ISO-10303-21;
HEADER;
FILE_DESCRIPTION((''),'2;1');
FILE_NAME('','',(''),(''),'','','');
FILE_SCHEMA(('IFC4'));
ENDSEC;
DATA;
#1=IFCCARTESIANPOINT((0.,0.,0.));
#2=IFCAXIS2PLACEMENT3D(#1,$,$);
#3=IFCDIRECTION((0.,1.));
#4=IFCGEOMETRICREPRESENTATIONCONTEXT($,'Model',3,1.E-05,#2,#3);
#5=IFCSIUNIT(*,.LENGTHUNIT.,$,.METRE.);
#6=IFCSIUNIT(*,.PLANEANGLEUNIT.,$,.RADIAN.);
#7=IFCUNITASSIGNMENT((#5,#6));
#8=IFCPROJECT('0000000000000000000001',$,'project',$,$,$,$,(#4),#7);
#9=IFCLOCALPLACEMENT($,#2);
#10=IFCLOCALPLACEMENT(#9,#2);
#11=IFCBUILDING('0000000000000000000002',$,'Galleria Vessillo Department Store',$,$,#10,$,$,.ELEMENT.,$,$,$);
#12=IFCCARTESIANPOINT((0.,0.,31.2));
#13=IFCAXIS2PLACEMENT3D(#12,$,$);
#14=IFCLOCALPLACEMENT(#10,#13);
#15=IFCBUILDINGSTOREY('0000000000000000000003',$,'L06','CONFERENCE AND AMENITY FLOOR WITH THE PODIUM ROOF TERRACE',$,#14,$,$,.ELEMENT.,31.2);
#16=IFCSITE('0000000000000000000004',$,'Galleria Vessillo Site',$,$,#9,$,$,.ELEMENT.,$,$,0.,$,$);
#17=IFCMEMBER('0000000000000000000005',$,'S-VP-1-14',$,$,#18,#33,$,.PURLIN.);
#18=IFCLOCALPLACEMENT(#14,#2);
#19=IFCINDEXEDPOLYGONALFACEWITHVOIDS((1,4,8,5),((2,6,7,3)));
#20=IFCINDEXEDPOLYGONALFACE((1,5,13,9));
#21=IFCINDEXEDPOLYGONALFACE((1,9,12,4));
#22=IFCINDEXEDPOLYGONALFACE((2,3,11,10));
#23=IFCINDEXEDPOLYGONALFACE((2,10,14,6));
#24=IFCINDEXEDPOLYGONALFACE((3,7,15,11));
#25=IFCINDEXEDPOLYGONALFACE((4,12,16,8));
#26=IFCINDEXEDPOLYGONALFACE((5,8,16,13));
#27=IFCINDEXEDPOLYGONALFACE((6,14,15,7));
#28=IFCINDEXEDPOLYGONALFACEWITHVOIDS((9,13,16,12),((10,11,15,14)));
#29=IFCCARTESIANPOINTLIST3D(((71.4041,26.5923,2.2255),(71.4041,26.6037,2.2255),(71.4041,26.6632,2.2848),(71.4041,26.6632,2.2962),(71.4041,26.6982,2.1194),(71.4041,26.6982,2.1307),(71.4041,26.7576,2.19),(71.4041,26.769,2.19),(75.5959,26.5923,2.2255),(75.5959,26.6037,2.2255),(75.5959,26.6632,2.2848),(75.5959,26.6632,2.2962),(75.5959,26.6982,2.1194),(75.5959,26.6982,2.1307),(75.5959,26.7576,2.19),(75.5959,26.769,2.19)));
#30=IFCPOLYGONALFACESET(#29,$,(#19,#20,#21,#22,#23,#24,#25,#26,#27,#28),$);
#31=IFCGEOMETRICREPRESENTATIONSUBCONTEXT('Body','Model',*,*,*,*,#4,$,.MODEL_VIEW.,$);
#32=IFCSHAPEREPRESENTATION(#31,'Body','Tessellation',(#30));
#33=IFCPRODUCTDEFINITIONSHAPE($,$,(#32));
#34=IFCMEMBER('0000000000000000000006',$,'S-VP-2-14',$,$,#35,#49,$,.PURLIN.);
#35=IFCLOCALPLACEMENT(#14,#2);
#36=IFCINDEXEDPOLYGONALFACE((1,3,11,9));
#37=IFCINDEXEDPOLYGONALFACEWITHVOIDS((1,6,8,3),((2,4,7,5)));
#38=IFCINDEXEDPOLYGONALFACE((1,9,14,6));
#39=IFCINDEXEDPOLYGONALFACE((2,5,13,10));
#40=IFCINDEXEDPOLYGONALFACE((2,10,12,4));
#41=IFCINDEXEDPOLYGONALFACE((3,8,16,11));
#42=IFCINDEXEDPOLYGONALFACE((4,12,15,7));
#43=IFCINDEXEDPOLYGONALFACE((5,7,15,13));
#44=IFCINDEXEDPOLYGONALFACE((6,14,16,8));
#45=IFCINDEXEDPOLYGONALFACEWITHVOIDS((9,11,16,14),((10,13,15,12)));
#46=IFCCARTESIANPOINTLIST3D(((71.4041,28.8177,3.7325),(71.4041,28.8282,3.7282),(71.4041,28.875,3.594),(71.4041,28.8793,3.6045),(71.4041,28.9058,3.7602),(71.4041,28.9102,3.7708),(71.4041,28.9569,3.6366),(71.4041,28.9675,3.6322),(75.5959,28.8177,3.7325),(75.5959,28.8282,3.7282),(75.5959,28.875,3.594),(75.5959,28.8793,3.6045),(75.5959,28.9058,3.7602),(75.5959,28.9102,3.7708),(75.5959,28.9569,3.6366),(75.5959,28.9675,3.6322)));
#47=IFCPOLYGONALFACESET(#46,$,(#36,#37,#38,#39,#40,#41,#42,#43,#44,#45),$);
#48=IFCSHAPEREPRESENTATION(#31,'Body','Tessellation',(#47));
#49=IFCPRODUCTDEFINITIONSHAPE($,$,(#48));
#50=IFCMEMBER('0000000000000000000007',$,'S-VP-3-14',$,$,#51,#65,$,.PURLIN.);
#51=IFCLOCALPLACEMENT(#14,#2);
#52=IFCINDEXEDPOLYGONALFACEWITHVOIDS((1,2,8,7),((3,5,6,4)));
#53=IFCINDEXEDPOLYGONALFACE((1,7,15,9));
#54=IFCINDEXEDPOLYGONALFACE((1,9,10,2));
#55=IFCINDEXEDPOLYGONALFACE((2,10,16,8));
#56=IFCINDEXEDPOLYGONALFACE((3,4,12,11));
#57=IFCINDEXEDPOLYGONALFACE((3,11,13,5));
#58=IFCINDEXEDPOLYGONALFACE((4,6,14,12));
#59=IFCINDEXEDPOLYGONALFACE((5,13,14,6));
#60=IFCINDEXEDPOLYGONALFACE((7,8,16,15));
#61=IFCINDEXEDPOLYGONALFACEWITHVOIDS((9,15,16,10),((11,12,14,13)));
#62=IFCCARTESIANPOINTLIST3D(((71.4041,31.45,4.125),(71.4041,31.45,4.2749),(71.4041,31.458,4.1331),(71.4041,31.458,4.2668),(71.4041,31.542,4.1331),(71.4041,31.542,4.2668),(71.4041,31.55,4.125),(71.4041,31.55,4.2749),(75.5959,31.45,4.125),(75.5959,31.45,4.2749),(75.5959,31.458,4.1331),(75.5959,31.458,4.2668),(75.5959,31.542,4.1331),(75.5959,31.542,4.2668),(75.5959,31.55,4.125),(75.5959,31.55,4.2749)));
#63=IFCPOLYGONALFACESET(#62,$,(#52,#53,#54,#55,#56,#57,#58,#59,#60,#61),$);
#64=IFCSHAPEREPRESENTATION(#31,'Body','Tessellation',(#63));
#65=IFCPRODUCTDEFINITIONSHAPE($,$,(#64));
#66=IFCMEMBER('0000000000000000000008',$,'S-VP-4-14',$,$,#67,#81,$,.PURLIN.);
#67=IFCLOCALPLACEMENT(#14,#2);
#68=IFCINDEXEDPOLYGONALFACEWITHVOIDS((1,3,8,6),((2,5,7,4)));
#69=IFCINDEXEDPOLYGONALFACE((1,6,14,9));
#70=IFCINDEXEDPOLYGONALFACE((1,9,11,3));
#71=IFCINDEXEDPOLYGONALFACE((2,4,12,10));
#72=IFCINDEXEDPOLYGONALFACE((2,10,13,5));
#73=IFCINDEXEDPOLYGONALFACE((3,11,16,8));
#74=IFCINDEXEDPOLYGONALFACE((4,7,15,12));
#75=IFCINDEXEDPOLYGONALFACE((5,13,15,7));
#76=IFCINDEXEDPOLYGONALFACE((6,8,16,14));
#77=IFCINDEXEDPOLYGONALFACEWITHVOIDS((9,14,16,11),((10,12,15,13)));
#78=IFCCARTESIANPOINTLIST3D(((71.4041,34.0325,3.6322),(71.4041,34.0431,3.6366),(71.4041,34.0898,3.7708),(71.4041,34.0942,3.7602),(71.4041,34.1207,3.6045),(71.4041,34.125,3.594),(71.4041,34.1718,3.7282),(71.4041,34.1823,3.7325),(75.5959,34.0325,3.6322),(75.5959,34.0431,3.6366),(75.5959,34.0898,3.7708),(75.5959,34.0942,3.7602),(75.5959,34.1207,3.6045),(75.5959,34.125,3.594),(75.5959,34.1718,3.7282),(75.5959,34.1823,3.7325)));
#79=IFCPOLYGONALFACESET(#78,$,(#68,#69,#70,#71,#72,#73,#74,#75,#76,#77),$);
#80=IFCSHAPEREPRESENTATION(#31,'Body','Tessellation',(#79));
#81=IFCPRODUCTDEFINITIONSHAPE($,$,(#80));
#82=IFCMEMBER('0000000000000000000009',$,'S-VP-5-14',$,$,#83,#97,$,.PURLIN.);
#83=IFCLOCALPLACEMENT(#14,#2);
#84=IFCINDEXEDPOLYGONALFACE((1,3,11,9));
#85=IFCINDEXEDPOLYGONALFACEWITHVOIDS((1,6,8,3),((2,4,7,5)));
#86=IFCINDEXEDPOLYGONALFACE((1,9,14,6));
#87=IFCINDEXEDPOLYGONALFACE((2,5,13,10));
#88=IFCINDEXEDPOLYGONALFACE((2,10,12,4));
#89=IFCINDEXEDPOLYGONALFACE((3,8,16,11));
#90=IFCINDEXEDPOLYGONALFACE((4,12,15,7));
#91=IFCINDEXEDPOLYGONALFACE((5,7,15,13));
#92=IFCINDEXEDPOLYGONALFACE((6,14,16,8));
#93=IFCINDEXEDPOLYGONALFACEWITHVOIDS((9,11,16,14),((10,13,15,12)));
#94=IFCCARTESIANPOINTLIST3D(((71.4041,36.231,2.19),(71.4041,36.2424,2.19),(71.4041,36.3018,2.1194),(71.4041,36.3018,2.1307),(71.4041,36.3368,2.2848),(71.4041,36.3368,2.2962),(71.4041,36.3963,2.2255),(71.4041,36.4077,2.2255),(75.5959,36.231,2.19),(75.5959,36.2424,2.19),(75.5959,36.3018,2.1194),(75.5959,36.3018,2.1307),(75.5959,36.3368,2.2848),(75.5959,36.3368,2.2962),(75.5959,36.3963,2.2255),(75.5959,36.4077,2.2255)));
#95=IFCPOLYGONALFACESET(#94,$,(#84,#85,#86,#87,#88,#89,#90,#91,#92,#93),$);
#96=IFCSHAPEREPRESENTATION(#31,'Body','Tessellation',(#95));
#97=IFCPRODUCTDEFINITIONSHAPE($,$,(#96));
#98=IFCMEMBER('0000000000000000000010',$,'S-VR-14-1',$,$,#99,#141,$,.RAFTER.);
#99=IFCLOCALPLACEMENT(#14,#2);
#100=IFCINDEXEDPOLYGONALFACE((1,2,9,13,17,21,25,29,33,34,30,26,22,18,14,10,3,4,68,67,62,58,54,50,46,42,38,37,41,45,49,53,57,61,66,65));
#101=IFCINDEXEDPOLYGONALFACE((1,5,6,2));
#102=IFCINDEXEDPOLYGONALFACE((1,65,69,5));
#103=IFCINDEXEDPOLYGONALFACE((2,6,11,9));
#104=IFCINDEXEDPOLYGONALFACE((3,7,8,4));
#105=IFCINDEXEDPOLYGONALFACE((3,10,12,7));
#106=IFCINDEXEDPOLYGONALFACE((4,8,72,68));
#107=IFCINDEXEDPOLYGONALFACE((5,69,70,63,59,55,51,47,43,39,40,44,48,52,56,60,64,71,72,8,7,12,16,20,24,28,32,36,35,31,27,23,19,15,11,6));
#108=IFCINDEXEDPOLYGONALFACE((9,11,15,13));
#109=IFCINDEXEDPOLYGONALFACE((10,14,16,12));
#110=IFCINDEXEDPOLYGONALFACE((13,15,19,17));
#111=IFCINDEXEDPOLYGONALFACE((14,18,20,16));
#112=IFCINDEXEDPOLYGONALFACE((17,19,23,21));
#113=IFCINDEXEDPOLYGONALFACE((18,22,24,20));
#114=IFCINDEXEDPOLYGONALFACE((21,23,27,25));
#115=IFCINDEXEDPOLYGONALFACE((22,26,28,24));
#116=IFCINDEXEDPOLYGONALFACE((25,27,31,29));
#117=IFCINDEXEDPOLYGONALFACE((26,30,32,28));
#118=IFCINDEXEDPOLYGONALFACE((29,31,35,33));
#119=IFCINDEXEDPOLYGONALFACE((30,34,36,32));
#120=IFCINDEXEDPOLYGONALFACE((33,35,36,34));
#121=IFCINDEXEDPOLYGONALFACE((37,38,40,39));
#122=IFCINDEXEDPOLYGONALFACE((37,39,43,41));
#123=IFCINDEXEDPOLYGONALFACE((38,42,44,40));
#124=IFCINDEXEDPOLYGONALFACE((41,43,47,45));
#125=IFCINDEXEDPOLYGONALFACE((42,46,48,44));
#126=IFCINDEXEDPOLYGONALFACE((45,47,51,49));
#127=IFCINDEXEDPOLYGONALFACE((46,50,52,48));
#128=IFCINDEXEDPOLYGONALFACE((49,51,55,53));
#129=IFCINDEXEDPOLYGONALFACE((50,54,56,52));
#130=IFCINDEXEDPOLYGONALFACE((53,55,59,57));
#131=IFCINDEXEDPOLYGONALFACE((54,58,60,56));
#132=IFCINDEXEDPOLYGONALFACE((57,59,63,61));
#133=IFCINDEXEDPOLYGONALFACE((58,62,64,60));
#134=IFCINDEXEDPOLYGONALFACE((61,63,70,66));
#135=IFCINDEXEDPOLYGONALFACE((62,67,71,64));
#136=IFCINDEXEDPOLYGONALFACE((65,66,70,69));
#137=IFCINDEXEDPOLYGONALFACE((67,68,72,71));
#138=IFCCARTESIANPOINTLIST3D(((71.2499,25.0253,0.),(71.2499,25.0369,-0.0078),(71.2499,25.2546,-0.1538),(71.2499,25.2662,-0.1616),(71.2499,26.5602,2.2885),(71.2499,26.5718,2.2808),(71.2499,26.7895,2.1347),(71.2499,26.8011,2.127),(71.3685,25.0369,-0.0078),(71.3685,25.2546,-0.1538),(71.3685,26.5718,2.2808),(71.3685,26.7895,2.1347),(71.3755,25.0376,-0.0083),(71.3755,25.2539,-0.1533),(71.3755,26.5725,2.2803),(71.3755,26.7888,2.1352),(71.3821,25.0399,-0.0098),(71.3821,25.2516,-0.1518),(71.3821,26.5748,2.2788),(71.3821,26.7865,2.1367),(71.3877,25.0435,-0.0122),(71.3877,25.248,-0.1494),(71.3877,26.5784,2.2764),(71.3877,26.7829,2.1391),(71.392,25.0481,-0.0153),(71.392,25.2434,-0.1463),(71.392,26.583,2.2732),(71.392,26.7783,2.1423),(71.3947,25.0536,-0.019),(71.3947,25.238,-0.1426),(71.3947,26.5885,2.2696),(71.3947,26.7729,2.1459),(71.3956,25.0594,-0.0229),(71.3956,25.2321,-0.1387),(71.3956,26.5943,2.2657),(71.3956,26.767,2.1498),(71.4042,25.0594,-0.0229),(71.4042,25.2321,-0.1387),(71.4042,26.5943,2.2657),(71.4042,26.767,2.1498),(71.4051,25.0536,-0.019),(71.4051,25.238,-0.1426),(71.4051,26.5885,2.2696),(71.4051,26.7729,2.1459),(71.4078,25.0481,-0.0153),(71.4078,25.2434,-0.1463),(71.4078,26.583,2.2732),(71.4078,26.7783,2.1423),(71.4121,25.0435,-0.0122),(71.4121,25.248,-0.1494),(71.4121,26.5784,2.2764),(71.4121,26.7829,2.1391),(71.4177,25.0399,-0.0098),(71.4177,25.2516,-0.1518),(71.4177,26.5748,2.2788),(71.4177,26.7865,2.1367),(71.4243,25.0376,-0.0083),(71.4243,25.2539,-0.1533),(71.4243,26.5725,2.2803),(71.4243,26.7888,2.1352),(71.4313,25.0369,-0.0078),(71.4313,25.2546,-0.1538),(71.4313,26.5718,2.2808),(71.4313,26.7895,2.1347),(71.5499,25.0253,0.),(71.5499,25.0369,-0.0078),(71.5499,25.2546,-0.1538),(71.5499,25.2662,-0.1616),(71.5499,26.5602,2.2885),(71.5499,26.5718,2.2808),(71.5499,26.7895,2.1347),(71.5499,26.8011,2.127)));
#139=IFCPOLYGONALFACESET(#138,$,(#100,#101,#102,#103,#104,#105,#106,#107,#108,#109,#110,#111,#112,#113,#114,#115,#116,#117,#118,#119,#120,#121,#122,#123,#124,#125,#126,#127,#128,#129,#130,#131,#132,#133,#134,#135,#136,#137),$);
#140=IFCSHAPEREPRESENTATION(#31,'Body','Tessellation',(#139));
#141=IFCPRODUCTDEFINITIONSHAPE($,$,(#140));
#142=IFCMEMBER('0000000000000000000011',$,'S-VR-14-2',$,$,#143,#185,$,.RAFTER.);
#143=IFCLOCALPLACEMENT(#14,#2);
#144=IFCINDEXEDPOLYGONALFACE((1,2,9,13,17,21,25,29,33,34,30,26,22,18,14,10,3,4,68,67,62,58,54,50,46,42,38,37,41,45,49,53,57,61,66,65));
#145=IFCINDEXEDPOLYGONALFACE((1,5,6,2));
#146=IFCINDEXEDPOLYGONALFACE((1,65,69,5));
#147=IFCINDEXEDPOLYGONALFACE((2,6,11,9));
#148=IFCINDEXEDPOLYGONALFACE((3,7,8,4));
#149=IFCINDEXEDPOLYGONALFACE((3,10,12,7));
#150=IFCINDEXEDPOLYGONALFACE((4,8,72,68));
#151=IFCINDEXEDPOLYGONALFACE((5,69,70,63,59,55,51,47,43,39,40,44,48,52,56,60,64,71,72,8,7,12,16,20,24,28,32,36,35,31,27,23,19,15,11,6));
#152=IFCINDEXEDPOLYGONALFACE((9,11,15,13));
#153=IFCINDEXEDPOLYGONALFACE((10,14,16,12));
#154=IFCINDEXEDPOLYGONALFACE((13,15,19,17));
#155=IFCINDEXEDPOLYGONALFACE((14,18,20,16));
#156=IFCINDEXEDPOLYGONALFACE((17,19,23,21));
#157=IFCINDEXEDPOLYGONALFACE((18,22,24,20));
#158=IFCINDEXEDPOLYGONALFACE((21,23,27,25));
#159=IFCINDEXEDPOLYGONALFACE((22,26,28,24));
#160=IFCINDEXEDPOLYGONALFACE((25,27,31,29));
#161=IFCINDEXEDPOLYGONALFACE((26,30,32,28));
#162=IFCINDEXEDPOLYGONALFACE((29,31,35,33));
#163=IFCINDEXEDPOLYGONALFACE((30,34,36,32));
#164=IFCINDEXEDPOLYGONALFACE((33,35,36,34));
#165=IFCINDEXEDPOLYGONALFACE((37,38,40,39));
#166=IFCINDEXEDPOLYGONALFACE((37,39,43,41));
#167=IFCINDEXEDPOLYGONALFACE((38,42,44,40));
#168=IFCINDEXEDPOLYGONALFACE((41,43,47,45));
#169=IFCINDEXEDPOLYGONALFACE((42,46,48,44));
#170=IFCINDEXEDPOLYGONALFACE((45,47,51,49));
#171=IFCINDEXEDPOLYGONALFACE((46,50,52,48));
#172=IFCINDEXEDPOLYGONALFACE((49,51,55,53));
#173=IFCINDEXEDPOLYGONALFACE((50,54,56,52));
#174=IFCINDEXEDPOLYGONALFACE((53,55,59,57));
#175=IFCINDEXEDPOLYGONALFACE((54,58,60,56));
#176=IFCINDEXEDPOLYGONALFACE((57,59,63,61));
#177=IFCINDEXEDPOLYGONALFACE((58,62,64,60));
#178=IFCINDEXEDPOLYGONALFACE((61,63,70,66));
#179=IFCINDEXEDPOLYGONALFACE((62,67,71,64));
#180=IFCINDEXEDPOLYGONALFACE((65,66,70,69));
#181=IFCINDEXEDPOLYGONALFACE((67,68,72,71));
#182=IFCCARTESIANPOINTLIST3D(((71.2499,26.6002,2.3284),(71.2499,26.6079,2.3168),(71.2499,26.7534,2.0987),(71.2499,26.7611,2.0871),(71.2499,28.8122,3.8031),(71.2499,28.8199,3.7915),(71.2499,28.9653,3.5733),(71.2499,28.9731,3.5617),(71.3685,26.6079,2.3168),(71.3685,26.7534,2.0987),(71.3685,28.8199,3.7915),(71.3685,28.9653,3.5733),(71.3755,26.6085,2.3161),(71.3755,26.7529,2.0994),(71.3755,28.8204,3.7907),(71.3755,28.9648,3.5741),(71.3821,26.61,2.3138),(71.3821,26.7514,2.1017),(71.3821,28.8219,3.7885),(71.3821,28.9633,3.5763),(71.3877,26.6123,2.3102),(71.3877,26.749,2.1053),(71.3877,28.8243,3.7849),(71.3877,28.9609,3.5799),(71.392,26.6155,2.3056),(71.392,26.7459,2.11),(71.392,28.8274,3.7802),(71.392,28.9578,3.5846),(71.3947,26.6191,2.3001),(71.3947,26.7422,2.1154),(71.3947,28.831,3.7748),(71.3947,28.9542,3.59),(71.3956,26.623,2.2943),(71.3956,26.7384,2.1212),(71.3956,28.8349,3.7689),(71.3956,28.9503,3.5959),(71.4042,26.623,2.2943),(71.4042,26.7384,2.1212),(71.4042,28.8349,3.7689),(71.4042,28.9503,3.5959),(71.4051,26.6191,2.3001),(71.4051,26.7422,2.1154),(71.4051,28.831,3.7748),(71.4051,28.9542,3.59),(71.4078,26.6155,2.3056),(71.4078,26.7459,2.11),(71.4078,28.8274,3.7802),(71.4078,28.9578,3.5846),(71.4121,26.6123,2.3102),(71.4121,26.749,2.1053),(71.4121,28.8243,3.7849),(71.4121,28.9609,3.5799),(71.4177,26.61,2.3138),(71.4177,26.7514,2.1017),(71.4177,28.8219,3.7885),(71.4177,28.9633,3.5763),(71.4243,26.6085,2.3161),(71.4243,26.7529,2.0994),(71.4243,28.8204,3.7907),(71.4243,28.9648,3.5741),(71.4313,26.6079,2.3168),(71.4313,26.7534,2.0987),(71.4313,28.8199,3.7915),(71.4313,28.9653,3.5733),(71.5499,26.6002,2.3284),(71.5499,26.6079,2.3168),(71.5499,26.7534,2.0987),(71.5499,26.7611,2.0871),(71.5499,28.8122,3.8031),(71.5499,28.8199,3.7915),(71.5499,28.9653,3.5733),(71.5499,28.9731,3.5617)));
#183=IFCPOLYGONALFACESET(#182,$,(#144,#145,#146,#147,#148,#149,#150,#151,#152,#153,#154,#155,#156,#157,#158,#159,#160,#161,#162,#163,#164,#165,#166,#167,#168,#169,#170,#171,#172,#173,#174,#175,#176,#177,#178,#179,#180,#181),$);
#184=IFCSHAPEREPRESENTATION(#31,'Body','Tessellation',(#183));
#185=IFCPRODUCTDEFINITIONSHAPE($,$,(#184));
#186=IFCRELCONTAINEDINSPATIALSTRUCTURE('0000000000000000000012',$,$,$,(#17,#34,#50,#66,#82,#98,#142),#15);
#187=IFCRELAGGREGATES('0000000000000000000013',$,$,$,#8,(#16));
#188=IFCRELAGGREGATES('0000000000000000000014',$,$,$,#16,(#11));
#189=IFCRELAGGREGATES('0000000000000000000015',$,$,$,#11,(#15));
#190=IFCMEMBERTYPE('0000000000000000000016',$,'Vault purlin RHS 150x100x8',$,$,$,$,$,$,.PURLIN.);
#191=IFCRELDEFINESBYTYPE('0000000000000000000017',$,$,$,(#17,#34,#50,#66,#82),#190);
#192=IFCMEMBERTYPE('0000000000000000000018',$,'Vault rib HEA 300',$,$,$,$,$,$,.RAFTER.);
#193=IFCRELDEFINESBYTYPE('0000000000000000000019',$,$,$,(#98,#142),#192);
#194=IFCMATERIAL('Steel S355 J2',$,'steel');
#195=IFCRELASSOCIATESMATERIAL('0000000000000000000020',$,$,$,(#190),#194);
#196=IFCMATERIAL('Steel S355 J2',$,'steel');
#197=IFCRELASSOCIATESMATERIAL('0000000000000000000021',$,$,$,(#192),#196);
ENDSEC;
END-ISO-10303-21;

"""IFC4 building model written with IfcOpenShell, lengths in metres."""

from ifc_helpers import new_model, si_unit, direction, frame, origin, origin_2d, place, context, subcontext, project, spatial, hollow_rectangle, i_section, extrude, material, material_profile, profile_set, type_object, element, save


model = new_model("IFC4")

# Units and contexts
model_context = context("Model", 3, precision=1e-05, world=origin(), true_north=direction((0.0, 1.0)))
body_context = subcontext(model_context, "Body", "Model", "MODEL_VIEW")
ifc_project = project(units=[si_unit("LENGTHUNIT", "METRE"), si_unit("PLANEANGLEUNIT", "RADIAN")], contexts=[model_context])

# Site, building, storey
site_placement = place(None, origin())
site = spatial("IfcSite", under=ifc_project, at=site_placement, Name="Galleria Vessillo Site", CompositionType="ELEMENT", RefElevation=0.0)
building_placement = place(site_placement, origin())
building = spatial("IfcBuilding", under=site, at=building_placement, Name="Galleria Vessillo Department Store", CompositionType="ELEMENT")
storey_placement = place(building_placement, frame((0.0, 0.0, 31.2)))
storey = spatial("IfcBuildingStorey", under=building, at=storey_placement, Name="L06", Description="CONFERENCE AND AMENITY FLOOR WITH THE PODIUM ROOF TERRACE", CompositionType="ELEMENT", Elevation=31.2)

# Members
ifc_material_1 = material(Name="Steel S355 J2", Category="steel")
ifc_material_profile_1 = material_profile(ifc_material_1, hollow_rectangle(XDim=0.1001, YDim=0.1499, WallThickness=0.0081, at=origin_2d()), Name="RHS 150x100x8")
ifc_profile_set_1 = profile_set([ifc_material_profile_1], Name="Steel S355 J2")
member_type_1 = type_object("IfcMemberType", Name="Vault purlin RHS 150x100x8", PredefinedType="PURLIN", material=ifc_profile_set_1)
for number, where, z_axis, x_axis, name in (
    (1, (71.4041, 26.6807, 2.2078), (1.0, 0.0, 0.0), (0.0, 0.708077, 0.706135), "S-VP-1-14"),
    (2, (71.4041, 28.8926, 3.6824), (1.0, 0.0, 0.0), (0.0, 0.924145, 0.382043), "S-VP-2-14"),
    (3, (71.4041, 31.5, 4.2), (1.0, 0.0, 0.0), (0.0, 1.0, 0.0), "S-VP-3-14"),
    (4, (71.4041, 34.1074, 3.6824), (1.0, 0.0, 0.0), (0.0, 0.924145, -0.382043), "S-VP-4-14"),
    (5, (71.4041, 36.3193, 2.2078), (1.0, 0.0, 0.0), (0.0, 0.708077, -0.706135), "S-VP-5-14"),
):
    element("IfcMember", number, at=place(storey_placement, frame(where, z_axis=z_axis, x_axis=x_axis)), inside=storey, type_object=member_type_1, Name=name, PredefinedType="PURLIN", context=body_context, shape_type="SweptSolid", body=[
        extrude(hollow_rectangle(XDim=0.1001, YDim=0.1499, WallThickness=0.0081, at=origin_2d()), origin(), (0.0, 0.0, 1.0), 4.1919),
    ])
ifc_material_2 = material(Name="Steel S355 J2", Category="steel")
ifc_material_profile_2 = material_profile(ifc_material_2, i_section(OverallWidth=0.3, OverallDepth=0.29, WebThickness=0.0085, FlangeThickness=0.0139, FilletRadius=0.0271, at=origin_2d()), Name="HEA 300")
ifc_profile_set_2 = profile_set([ifc_material_profile_2], Name="Steel S355 J2")
member_type_2 = type_object("IfcMemberType", Name="Vault rib HEA 300", PredefinedType="RAFTER", material=ifc_profile_set_2)
member_1_placement = place(storey_placement, frame((71.3999, 25.1458, -0.0808), z_axis=(0.0, 0.557008, 0.830507), x_axis=(-1.0, 0.0, 0.0)))
element("IfcMember", 6, at=member_1_placement, inside=storey, type_object=member_type_2, Name="S-VR-14-1", PredefinedType="RAFTER", context=body_context, shape_type="SweptSolid", body=[
    extrude(i_section(OverallWidth=0.3, OverallDepth=0.29, WebThickness=0.0085, FlangeThickness=0.0139, FilletRadius=0.0271, at=origin_2d()), origin(), (0.0, 0.0, 1.0), 2.7556),
])
member_2_placement = place(storey_placement, frame((71.3999, 26.6807, 2.2078), z_axis=(0.0, 0.83205, 0.5547), x_axis=(-1.0, 0.0, 0.0)))
element("IfcMember", 7, at=member_2_placement, inside=storey, type_object=member_type_2, Name="S-VR-14-2", PredefinedType="RAFTER", context=body_context, shape_type="SweptSolid", body=[
    extrude(i_section(OverallWidth=0.3, OverallDepth=0.29, WebThickness=0.0085, FlangeThickness=0.0139, FilletRadius=0.0271, at=origin_2d()), origin(), (0.0, 0.0, 1.0), 2.6584),
])

save(model, "model.ifc")
